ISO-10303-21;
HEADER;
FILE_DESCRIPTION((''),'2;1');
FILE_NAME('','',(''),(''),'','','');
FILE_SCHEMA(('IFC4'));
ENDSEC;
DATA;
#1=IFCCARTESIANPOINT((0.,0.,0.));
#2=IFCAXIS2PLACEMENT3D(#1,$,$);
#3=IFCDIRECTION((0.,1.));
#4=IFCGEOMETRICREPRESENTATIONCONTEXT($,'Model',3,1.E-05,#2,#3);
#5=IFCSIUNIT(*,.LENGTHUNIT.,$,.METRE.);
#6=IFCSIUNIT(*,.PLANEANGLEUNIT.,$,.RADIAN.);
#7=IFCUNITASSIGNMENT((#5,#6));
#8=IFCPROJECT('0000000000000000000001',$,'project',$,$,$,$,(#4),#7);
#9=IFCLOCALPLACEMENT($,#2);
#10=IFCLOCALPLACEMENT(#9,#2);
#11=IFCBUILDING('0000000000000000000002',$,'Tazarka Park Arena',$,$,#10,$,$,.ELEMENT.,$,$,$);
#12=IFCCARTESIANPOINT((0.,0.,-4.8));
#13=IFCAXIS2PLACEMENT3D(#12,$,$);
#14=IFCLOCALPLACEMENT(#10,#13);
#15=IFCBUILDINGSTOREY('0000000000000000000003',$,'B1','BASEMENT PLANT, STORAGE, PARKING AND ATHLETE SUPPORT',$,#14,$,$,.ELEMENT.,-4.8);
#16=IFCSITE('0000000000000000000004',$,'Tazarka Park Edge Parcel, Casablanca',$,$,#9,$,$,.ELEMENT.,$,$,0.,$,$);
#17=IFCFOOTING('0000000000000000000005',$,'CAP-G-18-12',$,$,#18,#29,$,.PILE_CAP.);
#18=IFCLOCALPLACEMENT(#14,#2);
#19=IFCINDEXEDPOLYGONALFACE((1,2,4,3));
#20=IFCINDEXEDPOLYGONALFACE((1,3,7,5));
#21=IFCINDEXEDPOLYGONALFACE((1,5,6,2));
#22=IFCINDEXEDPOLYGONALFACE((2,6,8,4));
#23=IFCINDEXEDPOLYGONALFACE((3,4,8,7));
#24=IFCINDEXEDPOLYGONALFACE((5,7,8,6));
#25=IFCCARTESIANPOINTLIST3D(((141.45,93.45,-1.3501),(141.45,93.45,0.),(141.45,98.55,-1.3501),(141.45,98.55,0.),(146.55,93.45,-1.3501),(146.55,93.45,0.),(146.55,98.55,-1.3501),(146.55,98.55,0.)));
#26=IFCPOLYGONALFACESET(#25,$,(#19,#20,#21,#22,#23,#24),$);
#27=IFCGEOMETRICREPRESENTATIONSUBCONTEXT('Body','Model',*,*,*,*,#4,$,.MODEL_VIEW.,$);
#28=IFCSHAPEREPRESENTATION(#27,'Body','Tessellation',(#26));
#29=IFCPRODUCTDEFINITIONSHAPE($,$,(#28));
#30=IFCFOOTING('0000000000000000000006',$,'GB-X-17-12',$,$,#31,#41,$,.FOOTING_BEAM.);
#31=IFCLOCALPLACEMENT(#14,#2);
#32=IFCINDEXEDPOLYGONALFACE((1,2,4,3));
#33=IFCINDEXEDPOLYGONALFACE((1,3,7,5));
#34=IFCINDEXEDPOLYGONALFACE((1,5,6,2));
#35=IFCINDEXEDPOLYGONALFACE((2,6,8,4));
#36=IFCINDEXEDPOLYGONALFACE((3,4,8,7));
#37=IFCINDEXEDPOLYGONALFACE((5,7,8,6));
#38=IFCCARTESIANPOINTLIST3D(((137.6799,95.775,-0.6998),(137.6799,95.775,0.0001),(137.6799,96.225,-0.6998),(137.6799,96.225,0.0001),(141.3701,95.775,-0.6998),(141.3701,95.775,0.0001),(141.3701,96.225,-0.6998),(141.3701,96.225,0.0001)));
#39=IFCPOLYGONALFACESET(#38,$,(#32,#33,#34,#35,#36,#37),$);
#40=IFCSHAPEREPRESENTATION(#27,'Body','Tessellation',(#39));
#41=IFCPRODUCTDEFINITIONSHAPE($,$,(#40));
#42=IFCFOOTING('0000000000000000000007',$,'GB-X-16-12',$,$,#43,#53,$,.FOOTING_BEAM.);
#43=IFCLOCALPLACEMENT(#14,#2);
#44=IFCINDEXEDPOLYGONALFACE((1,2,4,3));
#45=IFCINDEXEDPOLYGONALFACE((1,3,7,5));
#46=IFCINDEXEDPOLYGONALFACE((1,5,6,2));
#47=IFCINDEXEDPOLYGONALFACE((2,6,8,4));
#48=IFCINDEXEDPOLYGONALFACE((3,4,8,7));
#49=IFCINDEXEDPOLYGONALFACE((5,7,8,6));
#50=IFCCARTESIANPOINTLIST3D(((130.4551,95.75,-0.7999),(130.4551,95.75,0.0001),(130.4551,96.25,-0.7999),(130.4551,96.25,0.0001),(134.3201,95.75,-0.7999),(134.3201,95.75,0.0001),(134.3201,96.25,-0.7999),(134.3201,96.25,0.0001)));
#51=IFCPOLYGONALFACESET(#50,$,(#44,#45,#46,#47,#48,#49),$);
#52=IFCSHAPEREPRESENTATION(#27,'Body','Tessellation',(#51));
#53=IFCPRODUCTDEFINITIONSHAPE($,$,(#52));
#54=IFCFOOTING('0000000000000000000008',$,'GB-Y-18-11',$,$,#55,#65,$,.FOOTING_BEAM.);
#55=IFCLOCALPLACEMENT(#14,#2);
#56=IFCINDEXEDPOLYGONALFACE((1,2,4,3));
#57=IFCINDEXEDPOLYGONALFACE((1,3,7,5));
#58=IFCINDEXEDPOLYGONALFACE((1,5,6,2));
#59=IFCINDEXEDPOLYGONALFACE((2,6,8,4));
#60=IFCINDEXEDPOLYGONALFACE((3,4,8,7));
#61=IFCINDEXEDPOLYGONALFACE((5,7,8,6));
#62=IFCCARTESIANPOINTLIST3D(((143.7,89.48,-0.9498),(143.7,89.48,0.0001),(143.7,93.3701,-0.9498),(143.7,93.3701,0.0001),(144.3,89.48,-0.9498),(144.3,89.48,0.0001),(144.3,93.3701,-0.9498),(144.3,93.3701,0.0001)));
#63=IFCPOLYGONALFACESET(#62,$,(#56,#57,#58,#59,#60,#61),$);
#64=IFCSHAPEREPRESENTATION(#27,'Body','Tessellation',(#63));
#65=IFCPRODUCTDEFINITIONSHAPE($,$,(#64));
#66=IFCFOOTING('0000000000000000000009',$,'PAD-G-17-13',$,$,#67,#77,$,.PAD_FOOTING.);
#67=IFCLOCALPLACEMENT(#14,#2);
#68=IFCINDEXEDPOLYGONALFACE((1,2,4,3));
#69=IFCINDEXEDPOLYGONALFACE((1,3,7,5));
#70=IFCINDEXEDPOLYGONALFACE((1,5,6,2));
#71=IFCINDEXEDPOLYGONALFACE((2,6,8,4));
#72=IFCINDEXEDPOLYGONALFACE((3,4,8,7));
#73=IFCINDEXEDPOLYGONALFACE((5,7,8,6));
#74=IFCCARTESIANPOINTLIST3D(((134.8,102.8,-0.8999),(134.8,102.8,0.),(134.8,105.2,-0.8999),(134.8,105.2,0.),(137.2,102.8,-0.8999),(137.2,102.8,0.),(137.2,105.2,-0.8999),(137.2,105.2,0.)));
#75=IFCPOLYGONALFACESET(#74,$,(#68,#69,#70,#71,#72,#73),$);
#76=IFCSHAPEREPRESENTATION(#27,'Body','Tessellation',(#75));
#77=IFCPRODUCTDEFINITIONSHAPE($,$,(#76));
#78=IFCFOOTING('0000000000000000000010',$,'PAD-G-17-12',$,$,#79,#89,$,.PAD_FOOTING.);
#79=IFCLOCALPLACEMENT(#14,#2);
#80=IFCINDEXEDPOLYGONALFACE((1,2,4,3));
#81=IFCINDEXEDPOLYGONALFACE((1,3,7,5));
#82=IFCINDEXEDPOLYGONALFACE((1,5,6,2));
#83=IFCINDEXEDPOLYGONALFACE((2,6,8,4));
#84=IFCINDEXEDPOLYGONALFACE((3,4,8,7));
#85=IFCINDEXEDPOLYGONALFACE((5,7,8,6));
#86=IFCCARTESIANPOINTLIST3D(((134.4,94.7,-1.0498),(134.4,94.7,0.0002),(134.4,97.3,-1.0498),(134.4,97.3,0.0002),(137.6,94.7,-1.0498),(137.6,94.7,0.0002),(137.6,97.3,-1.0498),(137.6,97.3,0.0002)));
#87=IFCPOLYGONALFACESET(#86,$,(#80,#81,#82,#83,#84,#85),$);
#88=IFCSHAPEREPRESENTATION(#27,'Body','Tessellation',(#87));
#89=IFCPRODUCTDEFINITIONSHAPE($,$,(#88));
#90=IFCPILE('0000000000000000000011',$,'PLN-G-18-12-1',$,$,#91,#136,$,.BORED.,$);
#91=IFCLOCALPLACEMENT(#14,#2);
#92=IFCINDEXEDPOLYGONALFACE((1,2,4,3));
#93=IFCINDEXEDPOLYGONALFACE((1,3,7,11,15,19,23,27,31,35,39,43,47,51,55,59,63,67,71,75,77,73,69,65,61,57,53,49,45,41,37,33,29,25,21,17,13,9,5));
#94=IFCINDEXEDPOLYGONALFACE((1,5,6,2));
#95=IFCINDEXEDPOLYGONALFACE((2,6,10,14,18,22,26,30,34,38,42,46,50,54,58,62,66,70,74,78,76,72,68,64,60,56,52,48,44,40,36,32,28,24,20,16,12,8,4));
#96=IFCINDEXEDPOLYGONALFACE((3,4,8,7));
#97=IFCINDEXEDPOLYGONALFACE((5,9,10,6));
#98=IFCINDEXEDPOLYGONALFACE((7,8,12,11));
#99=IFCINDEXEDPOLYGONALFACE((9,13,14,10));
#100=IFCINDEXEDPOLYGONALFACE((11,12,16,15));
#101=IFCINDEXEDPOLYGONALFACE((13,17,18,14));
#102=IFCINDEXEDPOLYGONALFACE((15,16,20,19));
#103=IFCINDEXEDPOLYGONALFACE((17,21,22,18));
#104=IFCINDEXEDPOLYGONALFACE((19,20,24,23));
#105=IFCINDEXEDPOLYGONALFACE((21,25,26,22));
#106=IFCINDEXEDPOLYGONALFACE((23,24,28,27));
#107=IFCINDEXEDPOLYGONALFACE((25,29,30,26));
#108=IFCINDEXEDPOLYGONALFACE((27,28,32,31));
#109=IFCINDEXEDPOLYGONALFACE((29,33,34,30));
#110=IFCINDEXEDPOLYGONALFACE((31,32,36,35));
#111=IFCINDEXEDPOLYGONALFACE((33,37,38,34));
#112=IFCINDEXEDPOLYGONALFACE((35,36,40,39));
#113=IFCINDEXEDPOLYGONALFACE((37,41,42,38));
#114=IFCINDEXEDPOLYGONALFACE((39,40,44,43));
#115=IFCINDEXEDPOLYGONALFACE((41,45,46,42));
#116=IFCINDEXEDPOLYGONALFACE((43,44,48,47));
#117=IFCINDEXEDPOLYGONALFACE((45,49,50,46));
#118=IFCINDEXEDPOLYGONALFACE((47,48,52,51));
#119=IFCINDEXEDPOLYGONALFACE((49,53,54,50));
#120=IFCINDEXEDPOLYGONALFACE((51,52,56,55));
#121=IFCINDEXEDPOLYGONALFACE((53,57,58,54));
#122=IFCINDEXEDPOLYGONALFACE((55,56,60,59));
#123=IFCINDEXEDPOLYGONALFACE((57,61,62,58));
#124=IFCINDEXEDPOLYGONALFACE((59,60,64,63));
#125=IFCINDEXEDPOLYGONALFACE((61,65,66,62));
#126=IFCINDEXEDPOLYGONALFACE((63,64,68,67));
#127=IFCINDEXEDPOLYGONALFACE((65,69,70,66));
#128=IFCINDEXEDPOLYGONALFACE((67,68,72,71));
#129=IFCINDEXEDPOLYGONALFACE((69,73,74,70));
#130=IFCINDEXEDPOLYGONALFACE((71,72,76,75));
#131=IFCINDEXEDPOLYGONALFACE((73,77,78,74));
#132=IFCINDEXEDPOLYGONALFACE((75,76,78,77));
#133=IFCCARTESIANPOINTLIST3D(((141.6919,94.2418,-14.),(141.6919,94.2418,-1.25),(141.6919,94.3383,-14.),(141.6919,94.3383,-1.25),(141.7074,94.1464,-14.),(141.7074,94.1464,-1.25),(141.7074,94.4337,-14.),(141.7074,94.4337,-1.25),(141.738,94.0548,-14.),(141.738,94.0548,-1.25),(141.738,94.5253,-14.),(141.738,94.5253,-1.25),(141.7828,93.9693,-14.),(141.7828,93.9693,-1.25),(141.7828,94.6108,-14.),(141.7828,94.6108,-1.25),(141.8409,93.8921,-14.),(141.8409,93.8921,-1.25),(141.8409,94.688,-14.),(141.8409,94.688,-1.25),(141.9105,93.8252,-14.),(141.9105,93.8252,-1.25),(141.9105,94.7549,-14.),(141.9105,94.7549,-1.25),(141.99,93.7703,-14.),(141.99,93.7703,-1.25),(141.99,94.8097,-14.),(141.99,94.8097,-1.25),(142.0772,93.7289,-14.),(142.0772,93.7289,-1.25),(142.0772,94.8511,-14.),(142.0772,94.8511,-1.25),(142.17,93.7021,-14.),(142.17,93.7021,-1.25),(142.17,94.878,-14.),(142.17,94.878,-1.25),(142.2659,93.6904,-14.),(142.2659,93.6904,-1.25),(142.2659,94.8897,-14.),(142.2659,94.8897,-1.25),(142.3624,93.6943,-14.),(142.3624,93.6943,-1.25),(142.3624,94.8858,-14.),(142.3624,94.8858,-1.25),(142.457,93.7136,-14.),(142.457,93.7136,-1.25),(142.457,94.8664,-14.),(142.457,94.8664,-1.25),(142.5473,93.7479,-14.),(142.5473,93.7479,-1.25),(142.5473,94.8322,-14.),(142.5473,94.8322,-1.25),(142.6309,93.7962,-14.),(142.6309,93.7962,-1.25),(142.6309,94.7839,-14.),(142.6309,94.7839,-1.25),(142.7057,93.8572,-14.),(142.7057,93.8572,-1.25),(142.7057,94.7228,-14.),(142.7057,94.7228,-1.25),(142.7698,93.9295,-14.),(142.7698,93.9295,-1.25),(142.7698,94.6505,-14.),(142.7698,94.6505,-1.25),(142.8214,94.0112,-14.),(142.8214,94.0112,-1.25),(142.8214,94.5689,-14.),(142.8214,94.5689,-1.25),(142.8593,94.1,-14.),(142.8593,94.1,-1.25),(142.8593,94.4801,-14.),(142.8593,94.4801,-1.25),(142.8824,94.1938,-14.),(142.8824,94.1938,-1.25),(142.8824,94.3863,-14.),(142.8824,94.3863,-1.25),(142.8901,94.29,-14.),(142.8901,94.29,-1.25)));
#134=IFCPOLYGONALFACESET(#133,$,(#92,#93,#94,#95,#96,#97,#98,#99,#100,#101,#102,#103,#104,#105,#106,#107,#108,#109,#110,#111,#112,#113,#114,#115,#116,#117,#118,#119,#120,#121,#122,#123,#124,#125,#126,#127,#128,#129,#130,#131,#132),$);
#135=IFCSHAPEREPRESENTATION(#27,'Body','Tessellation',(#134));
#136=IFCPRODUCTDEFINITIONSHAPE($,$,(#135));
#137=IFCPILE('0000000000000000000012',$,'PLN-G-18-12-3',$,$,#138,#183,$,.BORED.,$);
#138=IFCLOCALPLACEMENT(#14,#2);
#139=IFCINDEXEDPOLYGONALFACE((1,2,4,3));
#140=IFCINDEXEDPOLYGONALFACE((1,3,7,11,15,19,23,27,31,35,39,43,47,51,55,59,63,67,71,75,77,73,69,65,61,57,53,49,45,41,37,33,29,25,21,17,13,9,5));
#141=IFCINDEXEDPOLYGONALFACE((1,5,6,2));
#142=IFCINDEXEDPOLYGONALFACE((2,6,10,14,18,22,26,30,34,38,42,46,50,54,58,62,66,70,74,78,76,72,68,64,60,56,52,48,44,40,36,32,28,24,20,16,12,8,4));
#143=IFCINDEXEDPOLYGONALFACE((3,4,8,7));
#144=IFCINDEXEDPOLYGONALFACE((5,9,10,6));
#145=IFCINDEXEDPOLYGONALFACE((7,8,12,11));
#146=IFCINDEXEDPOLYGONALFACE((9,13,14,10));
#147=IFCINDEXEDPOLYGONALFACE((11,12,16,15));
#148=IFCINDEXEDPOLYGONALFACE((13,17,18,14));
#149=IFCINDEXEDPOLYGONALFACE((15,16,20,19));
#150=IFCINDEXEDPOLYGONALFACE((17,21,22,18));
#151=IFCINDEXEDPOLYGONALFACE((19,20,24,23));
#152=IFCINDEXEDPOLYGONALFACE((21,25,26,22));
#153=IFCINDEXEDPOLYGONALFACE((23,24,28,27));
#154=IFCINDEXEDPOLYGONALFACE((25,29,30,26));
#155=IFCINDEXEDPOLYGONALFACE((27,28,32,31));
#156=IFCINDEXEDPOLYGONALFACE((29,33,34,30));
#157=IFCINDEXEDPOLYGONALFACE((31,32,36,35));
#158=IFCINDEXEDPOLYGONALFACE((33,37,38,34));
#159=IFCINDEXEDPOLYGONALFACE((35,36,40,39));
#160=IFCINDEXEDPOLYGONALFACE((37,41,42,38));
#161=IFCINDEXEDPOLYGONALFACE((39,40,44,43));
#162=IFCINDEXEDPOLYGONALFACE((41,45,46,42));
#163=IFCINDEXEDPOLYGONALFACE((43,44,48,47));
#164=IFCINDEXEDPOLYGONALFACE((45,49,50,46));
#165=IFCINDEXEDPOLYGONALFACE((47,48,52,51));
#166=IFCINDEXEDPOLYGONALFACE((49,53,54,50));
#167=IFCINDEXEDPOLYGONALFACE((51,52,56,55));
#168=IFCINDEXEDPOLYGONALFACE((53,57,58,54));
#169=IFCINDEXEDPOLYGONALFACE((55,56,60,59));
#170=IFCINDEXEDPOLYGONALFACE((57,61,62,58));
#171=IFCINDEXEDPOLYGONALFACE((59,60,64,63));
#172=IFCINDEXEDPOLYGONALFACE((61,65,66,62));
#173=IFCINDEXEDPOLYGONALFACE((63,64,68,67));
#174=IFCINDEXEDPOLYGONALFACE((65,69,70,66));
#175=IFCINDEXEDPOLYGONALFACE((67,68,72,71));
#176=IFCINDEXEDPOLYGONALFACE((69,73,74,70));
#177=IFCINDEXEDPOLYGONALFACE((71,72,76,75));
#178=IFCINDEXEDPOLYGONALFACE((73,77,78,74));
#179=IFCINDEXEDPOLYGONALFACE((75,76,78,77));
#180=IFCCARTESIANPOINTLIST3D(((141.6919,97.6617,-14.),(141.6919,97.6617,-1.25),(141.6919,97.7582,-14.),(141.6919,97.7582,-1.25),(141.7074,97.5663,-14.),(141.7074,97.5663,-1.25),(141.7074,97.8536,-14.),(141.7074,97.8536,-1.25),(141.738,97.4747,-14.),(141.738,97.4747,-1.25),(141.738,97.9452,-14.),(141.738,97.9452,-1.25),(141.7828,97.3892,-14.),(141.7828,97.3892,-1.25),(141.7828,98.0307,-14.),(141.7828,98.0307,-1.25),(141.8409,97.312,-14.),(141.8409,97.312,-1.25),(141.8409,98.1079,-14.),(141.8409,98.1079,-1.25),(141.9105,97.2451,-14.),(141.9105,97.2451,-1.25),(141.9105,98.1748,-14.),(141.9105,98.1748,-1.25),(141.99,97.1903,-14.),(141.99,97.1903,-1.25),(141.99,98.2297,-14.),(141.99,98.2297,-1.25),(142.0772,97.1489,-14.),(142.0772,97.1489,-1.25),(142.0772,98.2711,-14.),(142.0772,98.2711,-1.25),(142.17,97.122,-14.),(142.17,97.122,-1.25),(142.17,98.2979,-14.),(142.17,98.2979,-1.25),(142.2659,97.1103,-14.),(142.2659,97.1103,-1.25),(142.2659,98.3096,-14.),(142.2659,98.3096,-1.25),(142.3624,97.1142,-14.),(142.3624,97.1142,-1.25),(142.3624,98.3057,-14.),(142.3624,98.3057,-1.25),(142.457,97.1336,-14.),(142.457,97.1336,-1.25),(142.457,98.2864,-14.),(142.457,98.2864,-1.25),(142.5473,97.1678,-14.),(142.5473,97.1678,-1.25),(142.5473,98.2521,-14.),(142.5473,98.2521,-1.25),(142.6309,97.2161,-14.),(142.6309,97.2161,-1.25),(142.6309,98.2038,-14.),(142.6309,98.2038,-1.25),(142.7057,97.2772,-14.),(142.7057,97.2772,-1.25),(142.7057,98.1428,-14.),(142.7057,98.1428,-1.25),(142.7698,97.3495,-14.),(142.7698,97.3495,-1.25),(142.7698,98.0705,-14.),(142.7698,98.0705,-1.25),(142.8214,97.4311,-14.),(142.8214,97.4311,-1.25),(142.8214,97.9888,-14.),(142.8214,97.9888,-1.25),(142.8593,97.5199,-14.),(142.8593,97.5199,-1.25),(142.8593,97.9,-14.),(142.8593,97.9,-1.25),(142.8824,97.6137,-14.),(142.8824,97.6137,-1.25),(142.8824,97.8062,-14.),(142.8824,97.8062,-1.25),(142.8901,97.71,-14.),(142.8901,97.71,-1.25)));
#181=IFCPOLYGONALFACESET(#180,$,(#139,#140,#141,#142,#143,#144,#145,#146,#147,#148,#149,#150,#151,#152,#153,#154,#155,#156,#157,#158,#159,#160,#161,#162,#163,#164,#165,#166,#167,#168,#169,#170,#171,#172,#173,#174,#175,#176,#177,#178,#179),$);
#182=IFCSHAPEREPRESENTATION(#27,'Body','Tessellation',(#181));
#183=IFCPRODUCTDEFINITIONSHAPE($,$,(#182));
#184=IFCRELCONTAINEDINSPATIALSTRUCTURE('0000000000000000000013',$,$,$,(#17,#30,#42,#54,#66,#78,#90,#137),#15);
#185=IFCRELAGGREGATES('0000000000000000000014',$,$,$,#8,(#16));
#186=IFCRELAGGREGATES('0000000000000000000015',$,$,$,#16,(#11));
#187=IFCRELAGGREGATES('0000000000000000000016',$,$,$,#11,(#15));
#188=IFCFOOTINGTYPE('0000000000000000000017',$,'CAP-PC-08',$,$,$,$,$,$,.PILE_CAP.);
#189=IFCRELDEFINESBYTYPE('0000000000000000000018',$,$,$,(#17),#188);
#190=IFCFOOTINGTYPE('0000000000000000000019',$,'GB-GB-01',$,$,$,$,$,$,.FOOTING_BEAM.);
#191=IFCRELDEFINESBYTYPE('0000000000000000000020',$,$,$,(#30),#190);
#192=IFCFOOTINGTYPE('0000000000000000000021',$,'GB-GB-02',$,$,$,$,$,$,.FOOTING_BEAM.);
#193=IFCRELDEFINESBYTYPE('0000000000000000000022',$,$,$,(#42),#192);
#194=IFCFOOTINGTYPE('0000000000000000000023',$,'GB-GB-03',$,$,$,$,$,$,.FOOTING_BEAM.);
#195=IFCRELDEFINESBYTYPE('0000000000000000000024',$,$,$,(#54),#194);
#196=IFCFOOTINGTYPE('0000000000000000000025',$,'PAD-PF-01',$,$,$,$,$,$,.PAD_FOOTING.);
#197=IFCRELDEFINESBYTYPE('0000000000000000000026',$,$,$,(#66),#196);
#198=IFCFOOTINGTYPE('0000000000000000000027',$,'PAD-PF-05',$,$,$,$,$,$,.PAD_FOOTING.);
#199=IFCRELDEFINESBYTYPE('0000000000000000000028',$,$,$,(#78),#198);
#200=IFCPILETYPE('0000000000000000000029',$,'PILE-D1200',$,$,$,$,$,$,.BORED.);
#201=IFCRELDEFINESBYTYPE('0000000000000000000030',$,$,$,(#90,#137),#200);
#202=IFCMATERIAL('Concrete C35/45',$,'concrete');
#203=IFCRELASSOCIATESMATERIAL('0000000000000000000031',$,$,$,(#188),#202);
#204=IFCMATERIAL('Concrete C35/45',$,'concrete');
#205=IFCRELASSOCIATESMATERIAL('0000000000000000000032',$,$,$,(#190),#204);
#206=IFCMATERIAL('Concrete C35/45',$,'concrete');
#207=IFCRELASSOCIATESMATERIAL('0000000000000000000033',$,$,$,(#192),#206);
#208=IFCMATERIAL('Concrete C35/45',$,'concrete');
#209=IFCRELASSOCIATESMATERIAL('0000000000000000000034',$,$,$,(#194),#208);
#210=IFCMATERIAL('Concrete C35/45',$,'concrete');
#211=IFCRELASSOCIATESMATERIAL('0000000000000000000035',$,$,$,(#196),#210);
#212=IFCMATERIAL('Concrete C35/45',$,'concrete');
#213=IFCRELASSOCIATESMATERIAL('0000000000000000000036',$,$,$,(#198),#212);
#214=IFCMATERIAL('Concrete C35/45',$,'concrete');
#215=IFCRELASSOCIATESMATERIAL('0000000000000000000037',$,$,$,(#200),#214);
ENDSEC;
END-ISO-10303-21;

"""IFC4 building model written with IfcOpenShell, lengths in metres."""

from ifc_helpers import new_model, si_unit, direction, frame, origin, origin_2d, place, context, subcontext, project, spatial, rectangle, circle, extrude, material, material_profile, profile_set, type_object, element, save


model = new_model("IFC4")

# Units and contexts
model_context = context("Model", 3, precision=1e-05, world=origin(), true_north=direction((0.0, 1.0)))
body_context = subcontext(model_context, "Body", "Model", "MODEL_VIEW")
ifc_project = project(units=[si_unit("LENGTHUNIT", "METRE"), si_unit("PLANEANGLEUNIT", "RADIAN")], contexts=[model_context])

# Site, building, storey
site_placement = place(None, origin())
site = spatial("IfcSite", under=ifc_project, at=site_placement, Name="Tazarka Park Edge Parcel, Casablanca", CompositionType="ELEMENT", RefElevation=0.0)
building_placement = place(site_placement, origin())
building = spatial("IfcBuilding", under=site, at=building_placement, Name="Tazarka Park Arena", CompositionType="ELEMENT")
storey_placement = place(building_placement, frame((0.0, 0.0, -4.8)))
storey = spatial("IfcBuildingStorey", under=building, at=storey_placement, Name="B1", Description="BASEMENT PLANT, STORAGE, PARKING AND ATHLETE SUPPORT", CompositionType="ELEMENT", Elevation=-4.8)

# Footings
ifc_material_1 = material(Name="Concrete C35/45", Category="concrete")
footing_type_1 = type_object("IfcFootingType", Name="CAP-PC-08", PredefinedType="PILE_CAP", material=ifc_material_1)
footing_1_placement = place(storey_placement, frame((144.0, 96.0, -1.3501), z_axis=(0.0, 0.0, 1.0), x_axis=(1.0, 0.0, 0.0)))
element("IfcFooting", 1, at=footing_1_placement, inside=storey, type_object=footing_type_1, Name="CAP-G-18-12", PredefinedType="PILE_CAP", context=body_context, shape_type="SweptSolid", body=[
    extrude(rectangle(XDim=5.1001, YDim=5.1001, at=origin_2d()), origin(), (0.0, 0.0, 1.0), 1.3501),
])
ifc_material_2 = material(Name="Concrete C35/45", Category="concrete")
ifc_material_profile_1 = material_profile(ifc_material_2, rectangle(XDim=0.45, YDim=0.7, at=origin_2d()), Name="Concrete C35/45")
ifc_profile_set_1 = profile_set([ifc_material_profile_1], Name="Concrete C35/45")
footing_type_2 = type_object("IfcFootingType", Name="GB-GB-01", PredefinedType="FOOTING_BEAM", material=ifc_profile_set_1)
footing_2_placement = place(storey_placement, frame((137.6799, 96.0, -0.3499), z_axis=(1.0, 0.0, 0.0), x_axis=(0.0, 1.0, 0.0)))
element("IfcFooting", 2, at=footing_2_placement, inside=storey, type_object=footing_type_2, Name="GB-X-17-12", PredefinedType="FOOTING_BEAM", context=body_context, shape_type="SweptSolid", body=[
    extrude(rectangle(XDim=0.45, YDim=0.7, at=origin_2d()), origin(), (0.0, 0.0, 1.0), 3.6902),
])
ifc_material_3 = material(Name="Concrete C35/45", Category="concrete")
ifc_material_profile_2 = material_profile(ifc_material_3, rectangle(XDim=0.5, YDim=0.8, at=origin_2d()), Name="Concrete C35/45")
ifc_profile_set_2 = profile_set([ifc_material_profile_2], Name="Concrete C35/45")
footing_type_3 = type_object("IfcFootingType", Name="GB-GB-02", PredefinedType="FOOTING_BEAM", material=ifc_profile_set_2)
footing_3_placement = place(storey_placement, frame((130.4551, 96.0, -0.3999), z_axis=(1.0, 0.0, 0.0), x_axis=(0.0, 1.0, 0.0)))
element("IfcFooting", 3, at=footing_3_placement, inside=storey, type_object=footing_type_3, Name="GB-X-16-12", PredefinedType="FOOTING_BEAM", context=body_context, shape_type="SweptSolid", body=[
    extrude(rectangle(XDim=0.5, YDim=0.8, at=origin_2d()), origin(), (0.0, 0.0, 1.0), 3.865),
])
ifc_material_4 = material(Name="Concrete C35/45", Category="concrete")
ifc_material_profile_3 = material_profile(ifc_material_4, rectangle(XDim=0.6001, YDim=0.95, at=origin_2d()), Name="Concrete C35/45")
ifc_profile_set_3 = profile_set([ifc_material_profile_3], Name="Concrete C35/45")
footing_type_4 = type_object("IfcFootingType", Name="GB-GB-03", PredefinedType="FOOTING_BEAM", material=ifc_profile_set_3)
footing_4_placement = place(storey_placement, frame((144.0, 89.48, -0.4749), z_axis=(0.0, 1.0, 0.0), x_axis=(-1.0, 0.0, 0.0)))
element("IfcFooting", 4, at=footing_4_placement, inside=storey, type_object=footing_type_4, Name="GB-Y-18-11", PredefinedType="FOOTING_BEAM", context=body_context, shape_type="SweptSolid", body=[
    extrude(rectangle(XDim=0.6001, YDim=0.95, at=origin_2d()), origin(), (0.0, 0.0, 1.0), 3.8901),
])
ifc_material_5 = material(Name="Concrete C35/45", Category="concrete")
footing_type_5 = type_object("IfcFootingType", Name="PAD-PF-01", PredefinedType="PAD_FOOTING", material=ifc_material_5)
footing_5_placement = place(storey_placement, frame((136.0, 104.0, -0.8999), z_axis=(0.0, 0.0, 1.0), x_axis=(1.0, 0.0, 0.0)))
element("IfcFooting", 5, at=footing_5_placement, inside=storey, type_object=footing_type_5, Name="PAD-G-17-13", PredefinedType="PAD_FOOTING", context=body_context, shape_type="SweptSolid", body=[
    extrude(rectangle(XDim=2.3999, YDim=2.3999, at=origin_2d()), origin(), (0.0, 0.0, 1.0), 0.8999),
])
ifc_material_6 = material(Name="Concrete C35/45", Category="concrete")
footing_type_6 = type_object("IfcFootingType", Name="PAD-PF-05", PredefinedType="PAD_FOOTING", material=ifc_material_6)
footing_6_placement = place(storey_placement, frame((136.0, 96.0, -1.0498), z_axis=(0.0, 0.0, 1.0), x_axis=(1.0, 0.0, 0.0)))
element("IfcFooting", 6, at=footing_6_placement, inside=storey, type_object=footing_type_6, Name="PAD-G-17-12", PredefinedType="PAD_FOOTING", context=body_context, shape_type="SweptSolid", body=[
    extrude(rectangle(XDim=3.2, YDim=2.6001, at=origin_2d()), origin(), (0.0, 0.0, 1.0), 1.05),
])

# Piles
ifc_material_7 = material(Name="Concrete C35/45", Category="concrete")
ifc_material_profile_4 = material_profile(ifc_material_7, circle(Radius=0.6001, at=origin_2d()), Name="Concrete C35/45")
ifc_profile_set_4 = profile_set([ifc_material_profile_4], Name="Concrete C35/45")
pile_type_1 = type_object("IfcPileType", Name="PILE-D1200", PredefinedType="BORED", material=ifc_profile_set_4)
for number, where, z_axis, x_axis, name in (
    (7, (142.29, 94.29, -1.25), (0.0, 0.0, -1.0), (1.0, 0.0, 0.0), "PLN-G-18-12-1"),
    (8, (142.29, 97.71, -1.25), (0.0, 0.0, -1.0), (1.0, 0.0, 0.0), "PLN-G-18-12-3"),
):
    element("IfcPile", number, at=place(storey_placement, frame(where, z_axis=z_axis, x_axis=x_axis)), inside=storey, type_object=pile_type_1, Name=name, PredefinedType="BORED", context=body_context, shape_type="SweptSolid", body=[
        extrude(circle(Radius=0.6001, at=origin_2d()), origin(), (0.0, 0.0, 1.0), 12.75),
    ])

save(model, "model.ifc")
